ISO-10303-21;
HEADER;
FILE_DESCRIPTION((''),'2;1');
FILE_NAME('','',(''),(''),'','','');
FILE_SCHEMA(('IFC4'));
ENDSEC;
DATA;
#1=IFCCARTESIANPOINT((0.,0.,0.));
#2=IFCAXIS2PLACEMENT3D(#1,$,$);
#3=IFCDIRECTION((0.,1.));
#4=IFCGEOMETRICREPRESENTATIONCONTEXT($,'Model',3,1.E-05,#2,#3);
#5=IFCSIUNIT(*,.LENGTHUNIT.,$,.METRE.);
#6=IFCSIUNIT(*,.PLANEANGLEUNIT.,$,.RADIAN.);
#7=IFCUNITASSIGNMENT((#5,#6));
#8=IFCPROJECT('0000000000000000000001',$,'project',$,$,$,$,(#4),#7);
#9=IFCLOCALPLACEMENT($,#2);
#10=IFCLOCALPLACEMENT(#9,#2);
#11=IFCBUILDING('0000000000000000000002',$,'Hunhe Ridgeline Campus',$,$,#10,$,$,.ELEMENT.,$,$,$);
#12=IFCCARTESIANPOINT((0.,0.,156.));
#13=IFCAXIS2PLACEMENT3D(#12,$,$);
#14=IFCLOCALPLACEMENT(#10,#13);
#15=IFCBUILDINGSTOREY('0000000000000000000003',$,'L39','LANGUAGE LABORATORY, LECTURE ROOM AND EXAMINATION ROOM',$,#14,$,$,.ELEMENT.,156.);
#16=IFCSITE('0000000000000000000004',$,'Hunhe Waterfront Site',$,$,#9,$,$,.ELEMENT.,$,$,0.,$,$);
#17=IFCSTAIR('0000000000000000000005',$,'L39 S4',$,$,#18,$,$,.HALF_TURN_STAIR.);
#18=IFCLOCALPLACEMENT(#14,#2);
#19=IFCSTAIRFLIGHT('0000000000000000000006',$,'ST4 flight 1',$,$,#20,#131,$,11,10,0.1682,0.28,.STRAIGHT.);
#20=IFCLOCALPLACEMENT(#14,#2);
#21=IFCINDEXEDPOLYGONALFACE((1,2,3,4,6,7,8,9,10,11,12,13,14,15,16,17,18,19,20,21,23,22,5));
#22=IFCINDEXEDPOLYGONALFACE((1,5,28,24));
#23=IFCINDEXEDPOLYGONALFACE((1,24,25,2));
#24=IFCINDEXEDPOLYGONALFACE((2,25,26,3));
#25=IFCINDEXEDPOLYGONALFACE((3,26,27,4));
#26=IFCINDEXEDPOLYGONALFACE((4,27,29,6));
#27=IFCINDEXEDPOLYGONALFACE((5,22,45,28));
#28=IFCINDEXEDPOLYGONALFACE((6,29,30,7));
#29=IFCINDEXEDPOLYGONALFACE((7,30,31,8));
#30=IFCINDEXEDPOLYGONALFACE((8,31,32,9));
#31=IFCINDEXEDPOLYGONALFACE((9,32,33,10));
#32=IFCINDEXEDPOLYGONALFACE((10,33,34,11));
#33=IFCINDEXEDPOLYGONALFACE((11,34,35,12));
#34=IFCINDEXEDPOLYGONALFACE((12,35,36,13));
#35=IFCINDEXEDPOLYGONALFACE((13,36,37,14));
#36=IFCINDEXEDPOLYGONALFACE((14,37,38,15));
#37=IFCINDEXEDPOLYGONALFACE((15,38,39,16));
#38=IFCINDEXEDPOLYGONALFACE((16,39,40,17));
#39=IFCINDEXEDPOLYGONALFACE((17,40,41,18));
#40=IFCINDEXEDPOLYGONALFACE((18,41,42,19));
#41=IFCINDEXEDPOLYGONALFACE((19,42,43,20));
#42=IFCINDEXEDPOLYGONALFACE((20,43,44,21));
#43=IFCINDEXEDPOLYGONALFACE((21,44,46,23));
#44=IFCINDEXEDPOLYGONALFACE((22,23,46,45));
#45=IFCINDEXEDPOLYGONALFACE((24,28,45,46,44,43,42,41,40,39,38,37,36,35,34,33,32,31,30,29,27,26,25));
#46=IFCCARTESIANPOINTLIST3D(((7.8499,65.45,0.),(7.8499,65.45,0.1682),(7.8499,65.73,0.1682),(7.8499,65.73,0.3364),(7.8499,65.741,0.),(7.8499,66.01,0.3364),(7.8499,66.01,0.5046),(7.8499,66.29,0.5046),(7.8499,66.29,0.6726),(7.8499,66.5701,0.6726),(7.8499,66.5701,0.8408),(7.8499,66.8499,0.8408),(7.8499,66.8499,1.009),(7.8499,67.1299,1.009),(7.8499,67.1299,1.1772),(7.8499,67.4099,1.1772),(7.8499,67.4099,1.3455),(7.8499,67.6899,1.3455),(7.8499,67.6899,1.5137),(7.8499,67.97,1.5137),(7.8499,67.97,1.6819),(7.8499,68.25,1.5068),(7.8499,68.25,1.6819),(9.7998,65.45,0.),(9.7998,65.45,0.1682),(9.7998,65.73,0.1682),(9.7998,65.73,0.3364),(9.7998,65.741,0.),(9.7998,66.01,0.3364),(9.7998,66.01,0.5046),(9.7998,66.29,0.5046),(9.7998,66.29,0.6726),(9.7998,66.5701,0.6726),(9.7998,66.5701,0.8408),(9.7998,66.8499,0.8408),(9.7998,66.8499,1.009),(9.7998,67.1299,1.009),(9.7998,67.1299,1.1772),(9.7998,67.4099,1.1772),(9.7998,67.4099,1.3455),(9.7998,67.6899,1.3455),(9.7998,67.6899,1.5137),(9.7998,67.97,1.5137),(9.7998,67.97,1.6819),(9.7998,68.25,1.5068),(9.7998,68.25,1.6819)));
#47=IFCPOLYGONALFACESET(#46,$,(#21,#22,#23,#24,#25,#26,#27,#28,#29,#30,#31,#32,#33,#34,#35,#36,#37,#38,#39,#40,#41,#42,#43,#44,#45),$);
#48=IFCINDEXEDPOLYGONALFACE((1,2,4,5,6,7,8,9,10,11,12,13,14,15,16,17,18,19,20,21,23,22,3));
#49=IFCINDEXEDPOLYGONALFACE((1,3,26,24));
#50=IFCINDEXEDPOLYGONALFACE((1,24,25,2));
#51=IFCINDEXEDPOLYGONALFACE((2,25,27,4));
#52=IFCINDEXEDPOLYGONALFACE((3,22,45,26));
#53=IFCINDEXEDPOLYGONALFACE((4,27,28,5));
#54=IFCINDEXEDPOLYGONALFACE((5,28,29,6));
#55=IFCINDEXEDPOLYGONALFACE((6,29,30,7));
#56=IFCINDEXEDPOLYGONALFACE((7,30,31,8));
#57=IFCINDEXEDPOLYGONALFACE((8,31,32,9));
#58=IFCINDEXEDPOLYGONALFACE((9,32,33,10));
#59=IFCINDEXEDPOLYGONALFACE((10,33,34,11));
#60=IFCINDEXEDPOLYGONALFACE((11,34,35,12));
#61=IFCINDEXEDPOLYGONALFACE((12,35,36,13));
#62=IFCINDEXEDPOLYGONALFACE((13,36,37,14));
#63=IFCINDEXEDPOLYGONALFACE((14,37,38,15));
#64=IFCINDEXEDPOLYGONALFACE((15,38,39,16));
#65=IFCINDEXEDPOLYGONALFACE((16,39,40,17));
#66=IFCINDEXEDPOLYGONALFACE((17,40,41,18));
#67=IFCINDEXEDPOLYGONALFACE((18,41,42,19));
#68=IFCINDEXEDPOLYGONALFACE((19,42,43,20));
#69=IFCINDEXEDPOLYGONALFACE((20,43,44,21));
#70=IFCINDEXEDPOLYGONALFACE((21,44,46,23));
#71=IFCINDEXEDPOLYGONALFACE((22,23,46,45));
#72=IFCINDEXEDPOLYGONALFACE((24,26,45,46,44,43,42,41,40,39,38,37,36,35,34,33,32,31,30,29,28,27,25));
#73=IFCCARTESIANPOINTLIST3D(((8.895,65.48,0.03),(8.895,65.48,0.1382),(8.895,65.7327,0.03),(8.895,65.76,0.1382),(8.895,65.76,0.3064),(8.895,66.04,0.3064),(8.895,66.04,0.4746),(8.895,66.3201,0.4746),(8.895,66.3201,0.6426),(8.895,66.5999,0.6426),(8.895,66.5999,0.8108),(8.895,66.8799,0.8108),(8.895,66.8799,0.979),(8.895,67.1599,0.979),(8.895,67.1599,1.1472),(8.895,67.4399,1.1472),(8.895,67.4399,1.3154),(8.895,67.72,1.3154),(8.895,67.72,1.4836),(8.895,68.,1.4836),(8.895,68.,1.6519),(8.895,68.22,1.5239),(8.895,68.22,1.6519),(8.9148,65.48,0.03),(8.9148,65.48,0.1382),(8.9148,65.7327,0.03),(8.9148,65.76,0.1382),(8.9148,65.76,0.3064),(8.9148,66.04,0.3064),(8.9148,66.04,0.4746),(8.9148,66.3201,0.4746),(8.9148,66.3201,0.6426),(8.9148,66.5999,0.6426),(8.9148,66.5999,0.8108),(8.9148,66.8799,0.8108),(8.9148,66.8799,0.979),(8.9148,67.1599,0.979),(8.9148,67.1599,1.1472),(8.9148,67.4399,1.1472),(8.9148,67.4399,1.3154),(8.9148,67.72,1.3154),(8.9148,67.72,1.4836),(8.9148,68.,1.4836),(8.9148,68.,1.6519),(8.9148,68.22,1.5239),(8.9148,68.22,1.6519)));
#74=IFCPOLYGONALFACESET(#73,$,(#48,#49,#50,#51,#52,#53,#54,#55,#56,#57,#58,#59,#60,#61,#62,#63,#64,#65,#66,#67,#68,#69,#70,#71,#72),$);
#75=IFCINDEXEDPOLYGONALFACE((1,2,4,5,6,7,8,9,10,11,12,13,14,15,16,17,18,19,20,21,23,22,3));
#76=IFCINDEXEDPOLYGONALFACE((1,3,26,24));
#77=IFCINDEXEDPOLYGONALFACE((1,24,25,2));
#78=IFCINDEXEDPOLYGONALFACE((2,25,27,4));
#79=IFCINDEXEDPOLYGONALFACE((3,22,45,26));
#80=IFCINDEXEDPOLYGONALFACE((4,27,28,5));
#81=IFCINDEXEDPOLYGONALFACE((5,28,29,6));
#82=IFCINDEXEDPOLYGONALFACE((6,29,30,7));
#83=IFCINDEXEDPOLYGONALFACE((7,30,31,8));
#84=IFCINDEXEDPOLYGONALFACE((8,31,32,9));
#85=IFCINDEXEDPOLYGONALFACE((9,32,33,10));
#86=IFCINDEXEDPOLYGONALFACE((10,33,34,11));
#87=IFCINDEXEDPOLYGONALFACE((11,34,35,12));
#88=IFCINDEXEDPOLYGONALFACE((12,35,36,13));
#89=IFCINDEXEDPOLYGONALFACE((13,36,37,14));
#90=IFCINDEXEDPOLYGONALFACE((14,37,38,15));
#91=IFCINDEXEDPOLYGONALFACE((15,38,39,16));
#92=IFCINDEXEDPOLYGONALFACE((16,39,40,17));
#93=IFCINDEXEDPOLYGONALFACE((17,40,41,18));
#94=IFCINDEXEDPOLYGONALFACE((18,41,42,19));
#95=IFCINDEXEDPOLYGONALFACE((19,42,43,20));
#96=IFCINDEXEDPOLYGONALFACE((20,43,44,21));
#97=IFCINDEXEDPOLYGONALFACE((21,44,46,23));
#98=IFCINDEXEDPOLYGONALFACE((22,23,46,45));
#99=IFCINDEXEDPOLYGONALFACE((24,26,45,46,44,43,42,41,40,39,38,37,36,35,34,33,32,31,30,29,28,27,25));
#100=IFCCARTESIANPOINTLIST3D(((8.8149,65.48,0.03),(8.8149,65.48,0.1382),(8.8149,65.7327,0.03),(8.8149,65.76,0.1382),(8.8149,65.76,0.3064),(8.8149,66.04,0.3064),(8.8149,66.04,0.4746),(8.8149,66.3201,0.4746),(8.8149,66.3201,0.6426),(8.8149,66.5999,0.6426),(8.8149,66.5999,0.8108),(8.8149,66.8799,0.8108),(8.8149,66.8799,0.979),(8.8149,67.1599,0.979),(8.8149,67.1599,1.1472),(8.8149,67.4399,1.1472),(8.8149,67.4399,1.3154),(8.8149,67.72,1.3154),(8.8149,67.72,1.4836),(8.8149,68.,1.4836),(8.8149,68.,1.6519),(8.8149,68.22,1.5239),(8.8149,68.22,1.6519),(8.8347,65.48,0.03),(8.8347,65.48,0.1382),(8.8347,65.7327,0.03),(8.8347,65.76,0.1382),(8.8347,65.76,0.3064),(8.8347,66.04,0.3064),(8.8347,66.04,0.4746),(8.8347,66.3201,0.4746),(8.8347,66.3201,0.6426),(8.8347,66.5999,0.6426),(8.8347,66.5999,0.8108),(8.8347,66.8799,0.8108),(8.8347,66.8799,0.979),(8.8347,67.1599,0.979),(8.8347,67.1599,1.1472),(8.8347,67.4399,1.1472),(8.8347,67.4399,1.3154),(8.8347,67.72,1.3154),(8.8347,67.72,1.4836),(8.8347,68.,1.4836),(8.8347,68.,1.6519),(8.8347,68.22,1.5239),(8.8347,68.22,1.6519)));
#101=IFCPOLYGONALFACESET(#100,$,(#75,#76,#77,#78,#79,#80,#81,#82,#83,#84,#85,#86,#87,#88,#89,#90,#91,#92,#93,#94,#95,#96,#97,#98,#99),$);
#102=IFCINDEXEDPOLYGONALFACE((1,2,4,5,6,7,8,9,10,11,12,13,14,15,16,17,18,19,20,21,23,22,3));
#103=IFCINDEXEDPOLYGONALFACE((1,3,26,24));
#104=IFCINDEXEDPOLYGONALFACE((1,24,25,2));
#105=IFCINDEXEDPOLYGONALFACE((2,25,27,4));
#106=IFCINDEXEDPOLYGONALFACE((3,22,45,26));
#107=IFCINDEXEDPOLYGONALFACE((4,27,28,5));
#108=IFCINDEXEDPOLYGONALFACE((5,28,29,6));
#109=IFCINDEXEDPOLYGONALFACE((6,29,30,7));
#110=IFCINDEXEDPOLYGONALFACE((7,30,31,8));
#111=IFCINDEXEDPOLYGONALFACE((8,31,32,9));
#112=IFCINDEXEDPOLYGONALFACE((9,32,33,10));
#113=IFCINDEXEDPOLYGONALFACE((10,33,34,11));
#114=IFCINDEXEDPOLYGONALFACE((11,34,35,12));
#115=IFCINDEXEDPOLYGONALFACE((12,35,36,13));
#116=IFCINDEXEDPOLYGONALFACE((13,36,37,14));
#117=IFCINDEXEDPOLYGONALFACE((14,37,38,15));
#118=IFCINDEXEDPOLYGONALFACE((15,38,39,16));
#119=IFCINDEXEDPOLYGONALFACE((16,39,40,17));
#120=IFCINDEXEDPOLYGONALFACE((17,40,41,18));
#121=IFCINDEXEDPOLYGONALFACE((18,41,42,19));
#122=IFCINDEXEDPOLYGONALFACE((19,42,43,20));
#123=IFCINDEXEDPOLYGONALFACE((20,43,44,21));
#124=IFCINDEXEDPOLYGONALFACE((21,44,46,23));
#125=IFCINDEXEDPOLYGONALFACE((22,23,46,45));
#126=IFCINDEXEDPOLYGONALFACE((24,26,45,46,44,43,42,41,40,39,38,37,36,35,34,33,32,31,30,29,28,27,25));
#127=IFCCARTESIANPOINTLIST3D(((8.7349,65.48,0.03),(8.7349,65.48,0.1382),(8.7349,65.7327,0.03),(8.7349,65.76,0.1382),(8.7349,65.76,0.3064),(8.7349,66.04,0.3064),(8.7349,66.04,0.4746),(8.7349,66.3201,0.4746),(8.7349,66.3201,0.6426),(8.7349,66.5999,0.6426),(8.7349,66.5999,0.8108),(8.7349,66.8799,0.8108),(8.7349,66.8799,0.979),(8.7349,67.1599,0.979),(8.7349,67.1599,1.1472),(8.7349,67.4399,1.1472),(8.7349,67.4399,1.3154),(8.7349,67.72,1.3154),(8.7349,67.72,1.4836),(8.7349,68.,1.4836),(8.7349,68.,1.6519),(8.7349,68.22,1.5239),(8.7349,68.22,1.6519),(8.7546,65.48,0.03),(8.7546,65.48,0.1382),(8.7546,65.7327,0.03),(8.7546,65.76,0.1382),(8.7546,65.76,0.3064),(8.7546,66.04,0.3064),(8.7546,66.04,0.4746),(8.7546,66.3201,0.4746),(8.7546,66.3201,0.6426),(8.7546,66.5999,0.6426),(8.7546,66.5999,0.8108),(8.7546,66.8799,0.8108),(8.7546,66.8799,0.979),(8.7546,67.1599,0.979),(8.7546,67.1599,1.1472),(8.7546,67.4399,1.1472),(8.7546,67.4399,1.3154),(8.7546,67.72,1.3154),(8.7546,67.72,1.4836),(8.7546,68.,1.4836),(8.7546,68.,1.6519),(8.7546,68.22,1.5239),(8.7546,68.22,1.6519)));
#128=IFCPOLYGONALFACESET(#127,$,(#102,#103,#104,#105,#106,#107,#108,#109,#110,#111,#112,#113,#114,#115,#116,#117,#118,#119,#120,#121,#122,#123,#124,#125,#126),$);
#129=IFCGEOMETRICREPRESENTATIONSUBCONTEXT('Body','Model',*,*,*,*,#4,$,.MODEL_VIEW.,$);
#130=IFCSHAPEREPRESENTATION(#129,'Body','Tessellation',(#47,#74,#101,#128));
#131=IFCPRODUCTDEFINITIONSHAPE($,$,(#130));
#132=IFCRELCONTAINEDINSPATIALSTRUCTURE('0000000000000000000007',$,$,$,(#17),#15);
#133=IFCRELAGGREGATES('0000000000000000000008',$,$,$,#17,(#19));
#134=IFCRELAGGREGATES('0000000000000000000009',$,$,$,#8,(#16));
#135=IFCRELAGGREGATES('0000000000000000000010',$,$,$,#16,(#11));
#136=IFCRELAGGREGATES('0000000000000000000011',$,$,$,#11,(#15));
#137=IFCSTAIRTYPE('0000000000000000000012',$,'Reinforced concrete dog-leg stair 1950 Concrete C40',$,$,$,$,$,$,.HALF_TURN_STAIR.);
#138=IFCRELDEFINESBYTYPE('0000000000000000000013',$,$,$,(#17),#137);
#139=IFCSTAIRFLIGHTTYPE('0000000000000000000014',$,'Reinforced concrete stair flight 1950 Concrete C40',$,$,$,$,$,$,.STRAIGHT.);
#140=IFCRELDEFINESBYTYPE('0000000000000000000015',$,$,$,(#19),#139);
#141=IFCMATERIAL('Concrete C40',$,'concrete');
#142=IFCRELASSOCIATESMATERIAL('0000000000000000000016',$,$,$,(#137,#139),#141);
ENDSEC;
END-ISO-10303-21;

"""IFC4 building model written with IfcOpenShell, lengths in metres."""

from ifc_helpers import new_model, si_unit, direction, frame, origin, place, context, subcontext, project, spatial, polyline, outline, extrude, material, type_object, element, aggregate, save


model = new_model("IFC4")

# Units and contexts
model_context = context("Model", 3, precision=1e-05, world=origin(), true_north=direction((0.0, 1.0)))
body_context = subcontext(model_context, "Body", "Model", "MODEL_VIEW")
ifc_project = project(units=[si_unit("LENGTHUNIT", "METRE"), si_unit("PLANEANGLEUNIT", "RADIAN")], contexts=[model_context])

# Site, building, storey
site_placement = place(None, origin())
site = spatial("IfcSite", under=ifc_project, at=site_placement, Name="Hunhe Waterfront Site", CompositionType="ELEMENT", RefElevation=0.0)
building_placement = place(site_placement, origin())
building = spatial("IfcBuilding", under=site, at=building_placement, Name="Hunhe Ridgeline Campus", CompositionType="ELEMENT")
storey_placement = place(building_placement, frame((0.0, 0.0, 156.0)))
storey = spatial("IfcBuildingStorey", under=building, at=storey_placement, Name="L39", Description="LANGUAGE LABORATORY, LECTURE ROOM AND EXAMINATION ROOM", CompositionType="ELEMENT", Elevation=156.0)

# Stair, stair flight
ifc_material_1 = material(Name="Concrete C40", Category="concrete")
stair_type = type_object("IfcStairType", Name="Reinforced concrete dog-leg stair 1950 Concrete C40", PredefinedType="HALF_TURN_STAIR", material=ifc_material_1)
stair_flight_type = type_object("IfcStairFlightType", Name="Reinforced concrete stair flight 1950 Concrete C40", PredefinedType="STRAIGHT", material=ifc_material_1)
stair_1_placement = place(storey_placement, origin())
stair_1 = element("IfcStair", 1, at=stair_1_placement, inside=storey, type_object=stair_type, Name="L39 S4", PredefinedType="HALF_TURN_STAIR")
stair_flight_1_placement = place(storey_placement, frame((8.825, 65.45, 0.0), z_axis=(0.0, 0.0, 1.0), x_axis=(0.0, 1.0, 0.0)))
stair_flight_1 = element("IfcStairFlight", 2, at=stair_flight_1_placement, type_object=stair_flight_type, Name="ST4 flight 1", NumberOfRisers=11, NumberOfTreads=10, PredefinedType="STRAIGHT", RiserHeight=0.1682, TreadLength=0.28, context=body_context, shape_type="SweptSolid", body=[
    extrude(outline(polyline([(0.0, 0.0), (0.0, 0.1682), (0.28, 0.1682), (0.28, 0.3364), (0.5601, 0.3364), (0.5601, 0.5046), (0.8401, 0.5046), (0.8401, 0.6726), (1.1201, 0.6726), (1.1201, 0.8408), (1.3999, 0.8408), (1.3999, 1.009), (1.6799, 1.009), (1.6799, 1.1772), (1.96, 1.1772), (1.96, 1.3455), (2.24, 1.3455), (2.24, 1.5137), (2.52, 1.5137), (2.52, 1.6819), (2.8, 1.6819), (2.8, 1.8501), (2.8, 1.5068), (0.291, 0.0), (0.0, 0.0)])), frame((0.0, 0.9751, 0.0), z_axis=(0.0, -1.0, 0.0), x_axis=(1.0, 0.0, 0.0)), (0.0, 0.0, 1.0), 1.95),
    extrude(outline(polyline([(0.03, 0.03), (0.03, 0.1382), (0.3101, 0.1382), (0.3101, 0.3064), (0.5901, 0.3064), (0.5901, 0.4746), (0.8701, 0.4746), (0.8701, 0.6426), (1.1499, 0.6426), (1.1499, 0.8108), (1.4299, 0.8108), (1.4299, 0.979), (1.71, 0.979), (1.71, 1.1472), (1.99, 1.1472), (1.99, 1.3154), (2.27, 1.3154), (2.27, 1.4836), (2.55, 1.4836), (2.55, 1.6519), (2.77, 1.6519), (2.77, 1.5239), (0.2827, 0.03), (0.03, 0.03)])), frame((0.0, -0.0701, 0.0), z_axis=(0.0, -1.0, 0.0), x_axis=(1.0, 0.0, 0.0)), (0.0, 0.0, 1.0), 0.0198),
    extrude(outline(polyline([(0.03, 0.03), (0.03, 0.1382), (0.3101, 0.1382), (0.3101, 0.3064), (0.5901, 0.3064), (0.5901, 0.4746), (0.8701, 0.4746), (0.8701, 0.6426), (1.1499, 0.6426), (1.1499, 0.8108), (1.4299, 0.8108), (1.4299, 0.979), (1.71, 0.979), (1.71, 1.1472), (1.99, 1.1472), (1.99, 1.3154), (2.27, 1.3154), (2.27, 1.4836), (2.55, 1.4836), (2.55, 1.6519), (2.77, 1.6519), (2.77, 1.5239), (0.2827, 0.03), (0.03, 0.03)])), frame((0.0, 0.01, 0.0), z_axis=(0.0, -1.0, 0.0), x_axis=(1.0, 0.0, 0.0)), (0.0, 0.0, 1.0), 0.0198),
    extrude(outline(polyline([(0.03, 0.03), (0.03, 0.1382), (0.3101, 0.1382), (0.3101, 0.3064), (0.5901, 0.3064), (0.5901, 0.4746), (0.8701, 0.4746), (0.8701, 0.6426), (1.1499, 0.6426), (1.1499, 0.8108), (1.4299, 0.8108), (1.4299, 0.979), (1.71, 0.979), (1.71, 1.1472), (1.99, 1.1472), (1.99, 1.3154), (2.27, 1.3154), (2.27, 1.4836), (2.55, 1.4836), (2.55, 1.6519), (2.77, 1.6519), (2.77, 1.5239), (0.2827, 0.03), (0.03, 0.03)])), frame((0.0, 0.0901, 0.0), z_axis=(0.0, -1.0, 0.0), x_axis=(1.0, 0.0, 0.0)), (0.0, 0.0, 1.0), 0.0198),
])
aggregate(stair_1, [stair_flight_1])

save(model, "model.ifc")
